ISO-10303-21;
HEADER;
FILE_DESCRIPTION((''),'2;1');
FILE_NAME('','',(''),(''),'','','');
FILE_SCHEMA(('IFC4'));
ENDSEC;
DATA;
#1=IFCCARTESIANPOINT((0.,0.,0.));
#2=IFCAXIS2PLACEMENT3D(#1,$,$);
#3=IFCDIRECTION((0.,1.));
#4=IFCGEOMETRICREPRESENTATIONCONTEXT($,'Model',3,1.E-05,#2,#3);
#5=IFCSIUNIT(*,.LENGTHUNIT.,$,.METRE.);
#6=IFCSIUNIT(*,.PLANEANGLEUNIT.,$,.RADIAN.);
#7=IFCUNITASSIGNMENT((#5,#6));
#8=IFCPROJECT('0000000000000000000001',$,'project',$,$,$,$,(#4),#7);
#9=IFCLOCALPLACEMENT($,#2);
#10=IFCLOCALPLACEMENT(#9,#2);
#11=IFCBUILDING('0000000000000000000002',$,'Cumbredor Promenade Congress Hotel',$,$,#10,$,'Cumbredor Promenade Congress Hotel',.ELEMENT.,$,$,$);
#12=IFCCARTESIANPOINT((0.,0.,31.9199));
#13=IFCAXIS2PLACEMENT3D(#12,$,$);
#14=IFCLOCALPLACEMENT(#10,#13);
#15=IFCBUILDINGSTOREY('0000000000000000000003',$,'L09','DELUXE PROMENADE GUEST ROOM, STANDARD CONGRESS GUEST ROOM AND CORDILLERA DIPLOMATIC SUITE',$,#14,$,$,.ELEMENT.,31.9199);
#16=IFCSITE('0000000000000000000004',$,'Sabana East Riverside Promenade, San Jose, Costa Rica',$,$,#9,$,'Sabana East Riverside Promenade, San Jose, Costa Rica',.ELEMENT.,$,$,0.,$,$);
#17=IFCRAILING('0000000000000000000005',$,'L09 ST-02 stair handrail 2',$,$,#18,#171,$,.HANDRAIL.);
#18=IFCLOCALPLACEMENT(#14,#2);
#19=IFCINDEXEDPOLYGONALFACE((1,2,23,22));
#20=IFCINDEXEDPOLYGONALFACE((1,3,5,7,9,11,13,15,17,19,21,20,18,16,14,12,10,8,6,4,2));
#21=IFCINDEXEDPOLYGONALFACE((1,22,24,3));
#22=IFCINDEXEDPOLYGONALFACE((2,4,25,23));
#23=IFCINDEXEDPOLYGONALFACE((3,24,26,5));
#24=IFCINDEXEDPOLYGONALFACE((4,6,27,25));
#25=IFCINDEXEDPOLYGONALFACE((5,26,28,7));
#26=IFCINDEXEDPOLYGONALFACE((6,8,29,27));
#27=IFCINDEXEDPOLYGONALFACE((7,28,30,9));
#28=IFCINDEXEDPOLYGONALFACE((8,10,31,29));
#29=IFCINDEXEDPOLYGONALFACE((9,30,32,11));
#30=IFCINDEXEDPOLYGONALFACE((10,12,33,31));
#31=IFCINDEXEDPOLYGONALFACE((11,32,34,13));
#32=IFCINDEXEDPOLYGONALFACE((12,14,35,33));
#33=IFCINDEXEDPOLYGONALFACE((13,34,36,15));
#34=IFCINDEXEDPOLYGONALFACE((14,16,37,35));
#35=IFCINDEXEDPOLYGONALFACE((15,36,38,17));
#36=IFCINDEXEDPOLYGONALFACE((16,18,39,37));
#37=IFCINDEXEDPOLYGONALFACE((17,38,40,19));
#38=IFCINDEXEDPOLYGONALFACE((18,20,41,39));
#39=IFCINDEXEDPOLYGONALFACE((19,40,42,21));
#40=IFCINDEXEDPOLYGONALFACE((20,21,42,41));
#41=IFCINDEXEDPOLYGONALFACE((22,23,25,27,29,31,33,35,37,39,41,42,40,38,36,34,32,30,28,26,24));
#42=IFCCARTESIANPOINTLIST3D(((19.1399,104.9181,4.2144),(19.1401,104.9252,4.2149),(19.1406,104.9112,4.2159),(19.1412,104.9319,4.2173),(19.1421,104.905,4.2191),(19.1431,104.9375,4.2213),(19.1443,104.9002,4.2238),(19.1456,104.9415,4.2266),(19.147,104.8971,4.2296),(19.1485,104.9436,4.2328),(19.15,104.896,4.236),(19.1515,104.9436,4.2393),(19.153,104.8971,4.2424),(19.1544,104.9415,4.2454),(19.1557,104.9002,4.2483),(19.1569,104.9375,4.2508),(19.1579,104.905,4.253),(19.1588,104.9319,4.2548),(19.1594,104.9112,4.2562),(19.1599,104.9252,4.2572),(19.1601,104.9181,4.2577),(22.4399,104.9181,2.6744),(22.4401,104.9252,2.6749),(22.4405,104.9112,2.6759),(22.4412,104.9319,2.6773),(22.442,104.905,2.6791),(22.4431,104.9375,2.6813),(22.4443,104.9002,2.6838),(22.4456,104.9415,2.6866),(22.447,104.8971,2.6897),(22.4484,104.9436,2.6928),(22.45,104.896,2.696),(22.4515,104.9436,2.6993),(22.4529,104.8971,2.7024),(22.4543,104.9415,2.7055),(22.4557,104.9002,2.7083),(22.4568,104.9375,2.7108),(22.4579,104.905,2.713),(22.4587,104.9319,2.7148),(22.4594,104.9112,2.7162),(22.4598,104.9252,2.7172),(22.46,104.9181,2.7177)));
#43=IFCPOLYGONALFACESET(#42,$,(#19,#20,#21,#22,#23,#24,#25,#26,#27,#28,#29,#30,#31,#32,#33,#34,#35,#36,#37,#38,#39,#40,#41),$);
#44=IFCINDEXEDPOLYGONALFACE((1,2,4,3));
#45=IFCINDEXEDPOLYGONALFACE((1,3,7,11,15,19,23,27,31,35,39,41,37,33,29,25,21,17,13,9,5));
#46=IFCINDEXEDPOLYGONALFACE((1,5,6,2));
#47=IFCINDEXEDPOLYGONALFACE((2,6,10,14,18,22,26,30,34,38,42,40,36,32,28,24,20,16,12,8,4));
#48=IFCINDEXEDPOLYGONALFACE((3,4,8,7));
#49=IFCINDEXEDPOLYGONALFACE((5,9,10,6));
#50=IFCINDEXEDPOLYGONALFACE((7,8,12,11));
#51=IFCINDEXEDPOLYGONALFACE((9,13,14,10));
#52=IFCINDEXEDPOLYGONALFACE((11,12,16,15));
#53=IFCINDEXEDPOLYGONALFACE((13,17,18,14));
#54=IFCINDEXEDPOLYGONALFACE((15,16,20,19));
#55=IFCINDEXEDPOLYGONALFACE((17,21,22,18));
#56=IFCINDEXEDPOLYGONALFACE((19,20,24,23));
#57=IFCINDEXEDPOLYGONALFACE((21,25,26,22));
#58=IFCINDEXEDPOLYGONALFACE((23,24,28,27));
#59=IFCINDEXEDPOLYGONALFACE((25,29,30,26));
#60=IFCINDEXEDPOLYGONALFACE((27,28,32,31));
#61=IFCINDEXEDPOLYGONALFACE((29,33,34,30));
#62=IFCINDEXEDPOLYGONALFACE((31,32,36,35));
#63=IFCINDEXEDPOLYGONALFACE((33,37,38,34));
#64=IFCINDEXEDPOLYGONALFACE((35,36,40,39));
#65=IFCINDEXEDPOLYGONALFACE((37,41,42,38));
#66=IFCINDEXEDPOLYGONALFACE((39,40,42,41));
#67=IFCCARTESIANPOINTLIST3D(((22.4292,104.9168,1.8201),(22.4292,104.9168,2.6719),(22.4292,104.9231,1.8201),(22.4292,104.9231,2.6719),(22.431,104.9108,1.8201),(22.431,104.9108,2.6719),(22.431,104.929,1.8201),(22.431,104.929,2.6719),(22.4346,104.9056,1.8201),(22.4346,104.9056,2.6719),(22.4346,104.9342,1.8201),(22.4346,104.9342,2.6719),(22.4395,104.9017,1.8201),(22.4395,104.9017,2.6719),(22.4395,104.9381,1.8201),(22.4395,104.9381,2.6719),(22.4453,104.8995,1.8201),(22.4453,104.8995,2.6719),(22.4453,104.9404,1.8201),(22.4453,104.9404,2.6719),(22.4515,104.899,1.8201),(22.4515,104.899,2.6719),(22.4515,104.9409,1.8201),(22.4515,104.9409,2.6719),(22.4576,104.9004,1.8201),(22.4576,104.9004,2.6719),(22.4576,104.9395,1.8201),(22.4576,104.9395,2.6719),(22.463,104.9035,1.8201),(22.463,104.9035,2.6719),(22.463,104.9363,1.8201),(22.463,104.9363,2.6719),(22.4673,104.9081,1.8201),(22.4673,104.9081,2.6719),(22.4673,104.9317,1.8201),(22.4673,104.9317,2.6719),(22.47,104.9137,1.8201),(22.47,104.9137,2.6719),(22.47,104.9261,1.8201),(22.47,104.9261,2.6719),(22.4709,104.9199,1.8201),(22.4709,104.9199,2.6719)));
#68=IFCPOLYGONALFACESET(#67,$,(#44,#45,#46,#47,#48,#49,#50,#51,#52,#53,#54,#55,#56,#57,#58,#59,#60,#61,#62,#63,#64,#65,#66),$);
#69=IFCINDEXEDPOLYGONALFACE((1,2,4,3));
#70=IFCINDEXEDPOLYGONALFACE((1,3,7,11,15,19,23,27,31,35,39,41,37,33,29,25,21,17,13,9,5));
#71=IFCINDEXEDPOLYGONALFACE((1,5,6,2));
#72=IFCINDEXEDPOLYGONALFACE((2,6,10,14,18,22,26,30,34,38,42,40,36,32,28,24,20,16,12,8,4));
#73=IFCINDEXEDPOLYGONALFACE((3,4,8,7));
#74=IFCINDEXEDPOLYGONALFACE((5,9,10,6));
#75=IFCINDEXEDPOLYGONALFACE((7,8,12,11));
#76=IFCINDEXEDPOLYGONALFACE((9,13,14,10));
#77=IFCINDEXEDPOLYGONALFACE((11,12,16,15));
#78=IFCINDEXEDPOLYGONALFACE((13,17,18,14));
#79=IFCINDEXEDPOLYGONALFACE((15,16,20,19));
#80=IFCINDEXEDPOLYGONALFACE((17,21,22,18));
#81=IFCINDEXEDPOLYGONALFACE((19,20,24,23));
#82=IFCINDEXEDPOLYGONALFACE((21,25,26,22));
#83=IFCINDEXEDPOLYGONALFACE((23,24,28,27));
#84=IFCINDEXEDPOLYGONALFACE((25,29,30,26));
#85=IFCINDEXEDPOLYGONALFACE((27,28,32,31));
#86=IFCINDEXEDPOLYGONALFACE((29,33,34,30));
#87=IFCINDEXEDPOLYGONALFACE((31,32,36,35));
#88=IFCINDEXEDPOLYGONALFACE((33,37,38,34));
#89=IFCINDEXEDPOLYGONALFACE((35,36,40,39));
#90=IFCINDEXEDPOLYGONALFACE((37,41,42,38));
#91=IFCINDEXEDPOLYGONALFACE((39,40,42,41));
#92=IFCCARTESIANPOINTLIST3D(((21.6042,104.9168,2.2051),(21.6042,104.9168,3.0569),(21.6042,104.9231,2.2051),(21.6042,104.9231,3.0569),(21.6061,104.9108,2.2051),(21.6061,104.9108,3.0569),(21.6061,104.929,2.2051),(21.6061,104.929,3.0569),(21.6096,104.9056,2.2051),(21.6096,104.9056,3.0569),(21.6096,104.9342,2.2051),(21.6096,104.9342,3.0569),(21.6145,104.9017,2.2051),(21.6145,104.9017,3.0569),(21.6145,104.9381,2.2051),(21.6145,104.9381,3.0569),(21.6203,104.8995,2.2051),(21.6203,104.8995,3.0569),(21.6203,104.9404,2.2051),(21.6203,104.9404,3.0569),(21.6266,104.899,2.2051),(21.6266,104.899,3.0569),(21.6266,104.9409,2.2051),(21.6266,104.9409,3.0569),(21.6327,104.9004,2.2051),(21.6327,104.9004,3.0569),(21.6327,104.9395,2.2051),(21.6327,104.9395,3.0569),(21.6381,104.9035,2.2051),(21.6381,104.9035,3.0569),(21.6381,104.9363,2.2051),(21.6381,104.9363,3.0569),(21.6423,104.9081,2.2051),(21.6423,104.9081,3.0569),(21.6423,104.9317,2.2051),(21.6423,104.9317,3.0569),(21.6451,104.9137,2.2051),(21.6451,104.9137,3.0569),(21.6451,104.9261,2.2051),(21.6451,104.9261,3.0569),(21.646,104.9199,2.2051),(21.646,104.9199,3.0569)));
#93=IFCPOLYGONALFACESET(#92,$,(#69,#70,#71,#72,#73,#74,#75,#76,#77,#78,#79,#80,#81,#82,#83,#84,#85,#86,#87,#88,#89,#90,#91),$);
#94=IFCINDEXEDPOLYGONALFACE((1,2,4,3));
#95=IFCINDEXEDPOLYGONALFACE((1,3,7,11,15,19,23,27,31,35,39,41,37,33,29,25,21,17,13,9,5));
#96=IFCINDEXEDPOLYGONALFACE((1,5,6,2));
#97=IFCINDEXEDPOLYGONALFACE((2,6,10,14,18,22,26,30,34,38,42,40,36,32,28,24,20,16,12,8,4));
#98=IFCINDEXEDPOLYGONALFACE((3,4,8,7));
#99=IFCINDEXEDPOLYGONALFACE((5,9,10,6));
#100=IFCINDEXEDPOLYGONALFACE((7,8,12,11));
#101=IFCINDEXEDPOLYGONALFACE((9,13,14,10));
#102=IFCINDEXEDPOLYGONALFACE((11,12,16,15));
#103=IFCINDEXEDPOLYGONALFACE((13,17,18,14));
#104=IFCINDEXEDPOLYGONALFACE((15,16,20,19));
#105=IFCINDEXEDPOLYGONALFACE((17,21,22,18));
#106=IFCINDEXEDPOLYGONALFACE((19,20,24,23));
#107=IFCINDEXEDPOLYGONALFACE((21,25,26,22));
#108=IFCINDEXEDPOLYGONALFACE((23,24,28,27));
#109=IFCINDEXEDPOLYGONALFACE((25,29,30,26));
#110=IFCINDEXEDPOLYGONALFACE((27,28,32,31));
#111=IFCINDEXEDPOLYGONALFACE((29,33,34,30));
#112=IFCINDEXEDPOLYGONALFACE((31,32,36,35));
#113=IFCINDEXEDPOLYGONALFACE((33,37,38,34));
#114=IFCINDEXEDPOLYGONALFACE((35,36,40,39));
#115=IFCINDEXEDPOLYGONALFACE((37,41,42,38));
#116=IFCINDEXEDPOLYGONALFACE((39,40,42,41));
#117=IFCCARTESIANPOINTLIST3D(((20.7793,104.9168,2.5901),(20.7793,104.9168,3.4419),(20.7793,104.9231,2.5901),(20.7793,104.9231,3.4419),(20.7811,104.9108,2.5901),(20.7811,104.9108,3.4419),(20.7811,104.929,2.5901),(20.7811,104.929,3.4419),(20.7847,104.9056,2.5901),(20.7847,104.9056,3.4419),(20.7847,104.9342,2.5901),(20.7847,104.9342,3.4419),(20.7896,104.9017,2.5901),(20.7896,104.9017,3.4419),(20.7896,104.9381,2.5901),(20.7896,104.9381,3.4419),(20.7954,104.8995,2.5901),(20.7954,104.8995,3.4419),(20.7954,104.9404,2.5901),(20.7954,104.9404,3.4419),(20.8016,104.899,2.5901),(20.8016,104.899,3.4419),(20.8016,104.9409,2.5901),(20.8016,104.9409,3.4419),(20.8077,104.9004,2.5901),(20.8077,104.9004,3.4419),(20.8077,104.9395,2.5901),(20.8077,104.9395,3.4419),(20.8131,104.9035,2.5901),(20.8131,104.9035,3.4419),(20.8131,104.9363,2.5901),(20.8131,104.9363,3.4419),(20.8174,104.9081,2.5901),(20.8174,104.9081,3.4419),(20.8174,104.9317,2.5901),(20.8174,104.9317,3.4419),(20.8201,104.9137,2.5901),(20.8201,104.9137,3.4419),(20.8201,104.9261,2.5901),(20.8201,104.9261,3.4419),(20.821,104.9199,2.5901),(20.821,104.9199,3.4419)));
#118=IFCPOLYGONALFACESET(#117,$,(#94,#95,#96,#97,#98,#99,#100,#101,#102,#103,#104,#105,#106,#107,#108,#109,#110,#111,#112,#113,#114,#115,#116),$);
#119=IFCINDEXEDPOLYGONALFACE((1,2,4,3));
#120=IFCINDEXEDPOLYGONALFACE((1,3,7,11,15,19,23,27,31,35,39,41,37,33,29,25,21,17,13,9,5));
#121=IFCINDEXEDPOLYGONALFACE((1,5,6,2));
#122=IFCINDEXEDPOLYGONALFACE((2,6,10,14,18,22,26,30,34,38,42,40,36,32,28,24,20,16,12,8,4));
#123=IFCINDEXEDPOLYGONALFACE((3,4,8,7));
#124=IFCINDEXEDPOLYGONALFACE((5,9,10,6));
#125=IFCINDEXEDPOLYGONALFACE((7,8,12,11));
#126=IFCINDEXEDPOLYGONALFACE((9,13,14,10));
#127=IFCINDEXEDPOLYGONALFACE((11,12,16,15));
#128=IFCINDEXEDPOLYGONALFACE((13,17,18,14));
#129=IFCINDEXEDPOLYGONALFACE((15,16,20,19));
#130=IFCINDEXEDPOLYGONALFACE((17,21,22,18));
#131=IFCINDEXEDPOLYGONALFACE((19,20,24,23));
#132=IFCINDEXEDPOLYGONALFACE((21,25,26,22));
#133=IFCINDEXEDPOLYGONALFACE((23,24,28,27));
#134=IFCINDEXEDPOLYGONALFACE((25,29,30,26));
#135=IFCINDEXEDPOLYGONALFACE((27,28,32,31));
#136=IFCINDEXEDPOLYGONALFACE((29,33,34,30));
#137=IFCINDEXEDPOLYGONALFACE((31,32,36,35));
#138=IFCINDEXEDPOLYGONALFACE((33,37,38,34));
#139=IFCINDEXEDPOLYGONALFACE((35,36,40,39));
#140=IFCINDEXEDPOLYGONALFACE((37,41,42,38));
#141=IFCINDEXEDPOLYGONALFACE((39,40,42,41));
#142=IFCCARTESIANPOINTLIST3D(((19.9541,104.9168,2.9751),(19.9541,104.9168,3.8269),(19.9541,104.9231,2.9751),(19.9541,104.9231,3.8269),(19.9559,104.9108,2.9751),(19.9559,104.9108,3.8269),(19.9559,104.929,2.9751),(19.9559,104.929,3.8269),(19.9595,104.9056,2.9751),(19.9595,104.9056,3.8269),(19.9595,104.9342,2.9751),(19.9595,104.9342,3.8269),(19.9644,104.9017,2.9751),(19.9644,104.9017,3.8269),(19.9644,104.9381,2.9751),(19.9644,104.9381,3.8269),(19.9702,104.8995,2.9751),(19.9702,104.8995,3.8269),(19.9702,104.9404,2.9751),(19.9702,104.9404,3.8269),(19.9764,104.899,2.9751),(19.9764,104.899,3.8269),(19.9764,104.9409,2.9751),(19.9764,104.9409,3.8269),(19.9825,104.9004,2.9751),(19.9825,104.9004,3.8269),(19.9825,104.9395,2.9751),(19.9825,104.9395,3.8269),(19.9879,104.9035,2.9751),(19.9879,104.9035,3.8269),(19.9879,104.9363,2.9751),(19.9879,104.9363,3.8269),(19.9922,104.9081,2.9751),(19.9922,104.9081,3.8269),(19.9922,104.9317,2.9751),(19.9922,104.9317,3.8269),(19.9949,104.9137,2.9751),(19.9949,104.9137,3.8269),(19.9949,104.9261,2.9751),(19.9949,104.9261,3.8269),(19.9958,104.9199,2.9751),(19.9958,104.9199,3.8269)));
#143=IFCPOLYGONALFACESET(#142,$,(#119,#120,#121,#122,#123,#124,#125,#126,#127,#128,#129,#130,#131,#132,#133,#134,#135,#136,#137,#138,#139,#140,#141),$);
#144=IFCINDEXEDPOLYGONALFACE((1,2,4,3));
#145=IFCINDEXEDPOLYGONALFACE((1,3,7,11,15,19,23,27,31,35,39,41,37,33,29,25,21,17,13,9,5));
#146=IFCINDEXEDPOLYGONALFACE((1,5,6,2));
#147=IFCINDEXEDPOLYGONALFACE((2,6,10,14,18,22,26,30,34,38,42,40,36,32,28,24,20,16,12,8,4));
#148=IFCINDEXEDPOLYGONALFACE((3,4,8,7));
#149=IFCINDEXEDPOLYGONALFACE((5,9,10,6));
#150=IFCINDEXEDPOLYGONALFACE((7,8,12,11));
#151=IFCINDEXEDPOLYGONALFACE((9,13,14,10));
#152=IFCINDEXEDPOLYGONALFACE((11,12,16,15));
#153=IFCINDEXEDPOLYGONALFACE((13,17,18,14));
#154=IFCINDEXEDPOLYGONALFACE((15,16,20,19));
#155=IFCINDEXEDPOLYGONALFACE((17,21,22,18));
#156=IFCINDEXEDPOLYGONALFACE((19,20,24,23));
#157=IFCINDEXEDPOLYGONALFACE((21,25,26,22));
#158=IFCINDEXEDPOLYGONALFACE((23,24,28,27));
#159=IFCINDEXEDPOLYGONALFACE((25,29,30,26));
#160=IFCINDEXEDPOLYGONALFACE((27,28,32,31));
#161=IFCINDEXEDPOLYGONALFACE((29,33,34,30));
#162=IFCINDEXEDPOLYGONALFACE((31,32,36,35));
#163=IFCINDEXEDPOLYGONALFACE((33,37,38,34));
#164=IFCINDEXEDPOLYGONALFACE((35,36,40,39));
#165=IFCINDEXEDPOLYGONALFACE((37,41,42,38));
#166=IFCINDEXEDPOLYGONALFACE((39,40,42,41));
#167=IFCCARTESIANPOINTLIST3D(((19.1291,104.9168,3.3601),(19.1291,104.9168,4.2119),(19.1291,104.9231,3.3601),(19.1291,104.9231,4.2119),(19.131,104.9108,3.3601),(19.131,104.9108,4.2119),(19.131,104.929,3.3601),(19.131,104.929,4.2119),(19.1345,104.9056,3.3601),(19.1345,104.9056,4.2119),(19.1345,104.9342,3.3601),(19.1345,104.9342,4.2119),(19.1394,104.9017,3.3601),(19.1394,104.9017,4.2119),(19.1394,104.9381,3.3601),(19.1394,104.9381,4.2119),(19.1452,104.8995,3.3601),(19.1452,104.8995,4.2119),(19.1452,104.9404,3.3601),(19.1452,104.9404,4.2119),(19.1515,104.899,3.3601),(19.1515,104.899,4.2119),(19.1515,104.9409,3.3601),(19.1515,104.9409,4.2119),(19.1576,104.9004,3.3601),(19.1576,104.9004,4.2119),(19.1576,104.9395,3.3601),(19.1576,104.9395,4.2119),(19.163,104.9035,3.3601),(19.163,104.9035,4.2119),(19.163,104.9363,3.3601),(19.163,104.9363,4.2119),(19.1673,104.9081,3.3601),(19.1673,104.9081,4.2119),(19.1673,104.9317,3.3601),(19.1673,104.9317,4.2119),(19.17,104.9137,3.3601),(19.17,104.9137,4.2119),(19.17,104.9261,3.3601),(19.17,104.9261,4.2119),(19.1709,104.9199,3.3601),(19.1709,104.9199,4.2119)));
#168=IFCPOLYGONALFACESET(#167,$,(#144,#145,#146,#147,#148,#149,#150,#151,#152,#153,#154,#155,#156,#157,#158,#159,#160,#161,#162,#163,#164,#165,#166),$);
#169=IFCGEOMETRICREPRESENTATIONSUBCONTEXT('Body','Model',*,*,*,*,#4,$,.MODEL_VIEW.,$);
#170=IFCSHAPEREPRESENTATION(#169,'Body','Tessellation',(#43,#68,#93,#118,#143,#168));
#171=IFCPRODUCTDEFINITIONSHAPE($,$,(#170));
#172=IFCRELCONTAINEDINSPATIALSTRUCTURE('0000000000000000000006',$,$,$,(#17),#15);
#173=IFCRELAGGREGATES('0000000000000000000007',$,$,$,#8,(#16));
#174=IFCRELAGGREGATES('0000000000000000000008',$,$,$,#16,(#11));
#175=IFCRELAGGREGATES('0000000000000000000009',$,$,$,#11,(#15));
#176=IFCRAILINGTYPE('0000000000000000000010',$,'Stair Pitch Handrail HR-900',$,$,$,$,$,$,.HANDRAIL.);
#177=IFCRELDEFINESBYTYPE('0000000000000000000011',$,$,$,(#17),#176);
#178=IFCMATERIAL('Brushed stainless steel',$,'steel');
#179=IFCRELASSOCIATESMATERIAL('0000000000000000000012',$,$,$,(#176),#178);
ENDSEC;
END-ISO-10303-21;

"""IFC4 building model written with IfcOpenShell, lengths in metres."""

from ifc_helpers import new_model, si_unit, direction, frame, origin, origin_2d, place, context, subcontext, project, spatial, circle, extrude, material, type_object, element, save


model = new_model("IFC4")

# Units and contexts
model_context = context("Model", 3, precision=1e-05, world=origin(), true_north=direction((0.0, 1.0)))
body_context = subcontext(model_context, "Body", "Model", "MODEL_VIEW")
ifc_project = project(units=[si_unit("LENGTHUNIT", "METRE"), si_unit("PLANEANGLEUNIT", "RADIAN")], contexts=[model_context])

# Site, building, storey
site_placement = place(None, origin())
site = spatial("IfcSite", under=ifc_project, at=site_placement, Name="Sabana East Riverside Promenade, San Jose, Costa Rica", LongName="Sabana East Riverside Promenade, San Jose, Costa Rica", CompositionType="ELEMENT", RefElevation=0.0)
building_placement = place(site_placement, origin())
building = spatial("IfcBuilding", under=site, at=building_placement, Name="Cumbredor Promenade Congress Hotel", LongName="Cumbredor Promenade Congress Hotel", CompositionType="ELEMENT")
storey_placement = place(building_placement, frame((0.0, 0.0, 31.9199)))
storey = spatial("IfcBuildingStorey", under=building, at=storey_placement, Name="L09", Description="DELUXE PROMENADE GUEST ROOM, STANDARD CONGRESS GUEST ROOM AND CORDILLERA DIPLOMATIC SUITE", CompositionType="ELEMENT", Elevation=31.9199)

# Shared definitions
ifc_material_1 = material(Name="Brushed stainless steel", Category="steel")

# Railing
railing_type_1 = type_object("IfcRailingType", Name="Stair Pitch Handrail HR-900", PredefinedType="HANDRAIL", material=ifc_material_1)
railing_1_placement = place(storey_placement, frame((22.45, 104.9199, 1.8201)))
element("IfcRailing", 1, at=railing_1_placement, inside=storey, type_object=railing_type_1, Name="L09 ST-02 stair handrail 2", PredefinedType="HANDRAIL", context=body_context, shape_type="SweptSolid", body=[
    extrude(circle(Radius=0.0239, at=origin_2d()), frame((0.0, 0.0, 0.876), z_axis=(-0.906181, 0.0, 0.422889), x_axis=(0.0, -1.0, 0.0)), (0.0, 0.0, 1.0), 3.6416),
    extrude(circle(Radius=0.021, at=origin_2d()), origin(), (0.0, 0.0, 1.0), 0.8518),
    extrude(circle(Radius=0.021, at=origin_2d()), frame((-0.825, 0.0, 0.385)), (0.0, 0.0, 1.0), 0.8518),
    extrude(circle(Radius=0.021, at=origin_2d()), frame((-1.6499, 0.0, 0.77)), (0.0, 0.0, 1.0), 0.8518),
    extrude(circle(Radius=0.021, at=origin_2d()), frame((-2.4751, 0.0, 1.155)), (0.0, 0.0, 1.0), 0.8518),
    extrude(circle(Radius=0.021, at=origin_2d()), frame((-3.3, 0.0, 1.54)), (0.0, 0.0, 1.0), 0.8518),
])

save(model, "model.ifc")
